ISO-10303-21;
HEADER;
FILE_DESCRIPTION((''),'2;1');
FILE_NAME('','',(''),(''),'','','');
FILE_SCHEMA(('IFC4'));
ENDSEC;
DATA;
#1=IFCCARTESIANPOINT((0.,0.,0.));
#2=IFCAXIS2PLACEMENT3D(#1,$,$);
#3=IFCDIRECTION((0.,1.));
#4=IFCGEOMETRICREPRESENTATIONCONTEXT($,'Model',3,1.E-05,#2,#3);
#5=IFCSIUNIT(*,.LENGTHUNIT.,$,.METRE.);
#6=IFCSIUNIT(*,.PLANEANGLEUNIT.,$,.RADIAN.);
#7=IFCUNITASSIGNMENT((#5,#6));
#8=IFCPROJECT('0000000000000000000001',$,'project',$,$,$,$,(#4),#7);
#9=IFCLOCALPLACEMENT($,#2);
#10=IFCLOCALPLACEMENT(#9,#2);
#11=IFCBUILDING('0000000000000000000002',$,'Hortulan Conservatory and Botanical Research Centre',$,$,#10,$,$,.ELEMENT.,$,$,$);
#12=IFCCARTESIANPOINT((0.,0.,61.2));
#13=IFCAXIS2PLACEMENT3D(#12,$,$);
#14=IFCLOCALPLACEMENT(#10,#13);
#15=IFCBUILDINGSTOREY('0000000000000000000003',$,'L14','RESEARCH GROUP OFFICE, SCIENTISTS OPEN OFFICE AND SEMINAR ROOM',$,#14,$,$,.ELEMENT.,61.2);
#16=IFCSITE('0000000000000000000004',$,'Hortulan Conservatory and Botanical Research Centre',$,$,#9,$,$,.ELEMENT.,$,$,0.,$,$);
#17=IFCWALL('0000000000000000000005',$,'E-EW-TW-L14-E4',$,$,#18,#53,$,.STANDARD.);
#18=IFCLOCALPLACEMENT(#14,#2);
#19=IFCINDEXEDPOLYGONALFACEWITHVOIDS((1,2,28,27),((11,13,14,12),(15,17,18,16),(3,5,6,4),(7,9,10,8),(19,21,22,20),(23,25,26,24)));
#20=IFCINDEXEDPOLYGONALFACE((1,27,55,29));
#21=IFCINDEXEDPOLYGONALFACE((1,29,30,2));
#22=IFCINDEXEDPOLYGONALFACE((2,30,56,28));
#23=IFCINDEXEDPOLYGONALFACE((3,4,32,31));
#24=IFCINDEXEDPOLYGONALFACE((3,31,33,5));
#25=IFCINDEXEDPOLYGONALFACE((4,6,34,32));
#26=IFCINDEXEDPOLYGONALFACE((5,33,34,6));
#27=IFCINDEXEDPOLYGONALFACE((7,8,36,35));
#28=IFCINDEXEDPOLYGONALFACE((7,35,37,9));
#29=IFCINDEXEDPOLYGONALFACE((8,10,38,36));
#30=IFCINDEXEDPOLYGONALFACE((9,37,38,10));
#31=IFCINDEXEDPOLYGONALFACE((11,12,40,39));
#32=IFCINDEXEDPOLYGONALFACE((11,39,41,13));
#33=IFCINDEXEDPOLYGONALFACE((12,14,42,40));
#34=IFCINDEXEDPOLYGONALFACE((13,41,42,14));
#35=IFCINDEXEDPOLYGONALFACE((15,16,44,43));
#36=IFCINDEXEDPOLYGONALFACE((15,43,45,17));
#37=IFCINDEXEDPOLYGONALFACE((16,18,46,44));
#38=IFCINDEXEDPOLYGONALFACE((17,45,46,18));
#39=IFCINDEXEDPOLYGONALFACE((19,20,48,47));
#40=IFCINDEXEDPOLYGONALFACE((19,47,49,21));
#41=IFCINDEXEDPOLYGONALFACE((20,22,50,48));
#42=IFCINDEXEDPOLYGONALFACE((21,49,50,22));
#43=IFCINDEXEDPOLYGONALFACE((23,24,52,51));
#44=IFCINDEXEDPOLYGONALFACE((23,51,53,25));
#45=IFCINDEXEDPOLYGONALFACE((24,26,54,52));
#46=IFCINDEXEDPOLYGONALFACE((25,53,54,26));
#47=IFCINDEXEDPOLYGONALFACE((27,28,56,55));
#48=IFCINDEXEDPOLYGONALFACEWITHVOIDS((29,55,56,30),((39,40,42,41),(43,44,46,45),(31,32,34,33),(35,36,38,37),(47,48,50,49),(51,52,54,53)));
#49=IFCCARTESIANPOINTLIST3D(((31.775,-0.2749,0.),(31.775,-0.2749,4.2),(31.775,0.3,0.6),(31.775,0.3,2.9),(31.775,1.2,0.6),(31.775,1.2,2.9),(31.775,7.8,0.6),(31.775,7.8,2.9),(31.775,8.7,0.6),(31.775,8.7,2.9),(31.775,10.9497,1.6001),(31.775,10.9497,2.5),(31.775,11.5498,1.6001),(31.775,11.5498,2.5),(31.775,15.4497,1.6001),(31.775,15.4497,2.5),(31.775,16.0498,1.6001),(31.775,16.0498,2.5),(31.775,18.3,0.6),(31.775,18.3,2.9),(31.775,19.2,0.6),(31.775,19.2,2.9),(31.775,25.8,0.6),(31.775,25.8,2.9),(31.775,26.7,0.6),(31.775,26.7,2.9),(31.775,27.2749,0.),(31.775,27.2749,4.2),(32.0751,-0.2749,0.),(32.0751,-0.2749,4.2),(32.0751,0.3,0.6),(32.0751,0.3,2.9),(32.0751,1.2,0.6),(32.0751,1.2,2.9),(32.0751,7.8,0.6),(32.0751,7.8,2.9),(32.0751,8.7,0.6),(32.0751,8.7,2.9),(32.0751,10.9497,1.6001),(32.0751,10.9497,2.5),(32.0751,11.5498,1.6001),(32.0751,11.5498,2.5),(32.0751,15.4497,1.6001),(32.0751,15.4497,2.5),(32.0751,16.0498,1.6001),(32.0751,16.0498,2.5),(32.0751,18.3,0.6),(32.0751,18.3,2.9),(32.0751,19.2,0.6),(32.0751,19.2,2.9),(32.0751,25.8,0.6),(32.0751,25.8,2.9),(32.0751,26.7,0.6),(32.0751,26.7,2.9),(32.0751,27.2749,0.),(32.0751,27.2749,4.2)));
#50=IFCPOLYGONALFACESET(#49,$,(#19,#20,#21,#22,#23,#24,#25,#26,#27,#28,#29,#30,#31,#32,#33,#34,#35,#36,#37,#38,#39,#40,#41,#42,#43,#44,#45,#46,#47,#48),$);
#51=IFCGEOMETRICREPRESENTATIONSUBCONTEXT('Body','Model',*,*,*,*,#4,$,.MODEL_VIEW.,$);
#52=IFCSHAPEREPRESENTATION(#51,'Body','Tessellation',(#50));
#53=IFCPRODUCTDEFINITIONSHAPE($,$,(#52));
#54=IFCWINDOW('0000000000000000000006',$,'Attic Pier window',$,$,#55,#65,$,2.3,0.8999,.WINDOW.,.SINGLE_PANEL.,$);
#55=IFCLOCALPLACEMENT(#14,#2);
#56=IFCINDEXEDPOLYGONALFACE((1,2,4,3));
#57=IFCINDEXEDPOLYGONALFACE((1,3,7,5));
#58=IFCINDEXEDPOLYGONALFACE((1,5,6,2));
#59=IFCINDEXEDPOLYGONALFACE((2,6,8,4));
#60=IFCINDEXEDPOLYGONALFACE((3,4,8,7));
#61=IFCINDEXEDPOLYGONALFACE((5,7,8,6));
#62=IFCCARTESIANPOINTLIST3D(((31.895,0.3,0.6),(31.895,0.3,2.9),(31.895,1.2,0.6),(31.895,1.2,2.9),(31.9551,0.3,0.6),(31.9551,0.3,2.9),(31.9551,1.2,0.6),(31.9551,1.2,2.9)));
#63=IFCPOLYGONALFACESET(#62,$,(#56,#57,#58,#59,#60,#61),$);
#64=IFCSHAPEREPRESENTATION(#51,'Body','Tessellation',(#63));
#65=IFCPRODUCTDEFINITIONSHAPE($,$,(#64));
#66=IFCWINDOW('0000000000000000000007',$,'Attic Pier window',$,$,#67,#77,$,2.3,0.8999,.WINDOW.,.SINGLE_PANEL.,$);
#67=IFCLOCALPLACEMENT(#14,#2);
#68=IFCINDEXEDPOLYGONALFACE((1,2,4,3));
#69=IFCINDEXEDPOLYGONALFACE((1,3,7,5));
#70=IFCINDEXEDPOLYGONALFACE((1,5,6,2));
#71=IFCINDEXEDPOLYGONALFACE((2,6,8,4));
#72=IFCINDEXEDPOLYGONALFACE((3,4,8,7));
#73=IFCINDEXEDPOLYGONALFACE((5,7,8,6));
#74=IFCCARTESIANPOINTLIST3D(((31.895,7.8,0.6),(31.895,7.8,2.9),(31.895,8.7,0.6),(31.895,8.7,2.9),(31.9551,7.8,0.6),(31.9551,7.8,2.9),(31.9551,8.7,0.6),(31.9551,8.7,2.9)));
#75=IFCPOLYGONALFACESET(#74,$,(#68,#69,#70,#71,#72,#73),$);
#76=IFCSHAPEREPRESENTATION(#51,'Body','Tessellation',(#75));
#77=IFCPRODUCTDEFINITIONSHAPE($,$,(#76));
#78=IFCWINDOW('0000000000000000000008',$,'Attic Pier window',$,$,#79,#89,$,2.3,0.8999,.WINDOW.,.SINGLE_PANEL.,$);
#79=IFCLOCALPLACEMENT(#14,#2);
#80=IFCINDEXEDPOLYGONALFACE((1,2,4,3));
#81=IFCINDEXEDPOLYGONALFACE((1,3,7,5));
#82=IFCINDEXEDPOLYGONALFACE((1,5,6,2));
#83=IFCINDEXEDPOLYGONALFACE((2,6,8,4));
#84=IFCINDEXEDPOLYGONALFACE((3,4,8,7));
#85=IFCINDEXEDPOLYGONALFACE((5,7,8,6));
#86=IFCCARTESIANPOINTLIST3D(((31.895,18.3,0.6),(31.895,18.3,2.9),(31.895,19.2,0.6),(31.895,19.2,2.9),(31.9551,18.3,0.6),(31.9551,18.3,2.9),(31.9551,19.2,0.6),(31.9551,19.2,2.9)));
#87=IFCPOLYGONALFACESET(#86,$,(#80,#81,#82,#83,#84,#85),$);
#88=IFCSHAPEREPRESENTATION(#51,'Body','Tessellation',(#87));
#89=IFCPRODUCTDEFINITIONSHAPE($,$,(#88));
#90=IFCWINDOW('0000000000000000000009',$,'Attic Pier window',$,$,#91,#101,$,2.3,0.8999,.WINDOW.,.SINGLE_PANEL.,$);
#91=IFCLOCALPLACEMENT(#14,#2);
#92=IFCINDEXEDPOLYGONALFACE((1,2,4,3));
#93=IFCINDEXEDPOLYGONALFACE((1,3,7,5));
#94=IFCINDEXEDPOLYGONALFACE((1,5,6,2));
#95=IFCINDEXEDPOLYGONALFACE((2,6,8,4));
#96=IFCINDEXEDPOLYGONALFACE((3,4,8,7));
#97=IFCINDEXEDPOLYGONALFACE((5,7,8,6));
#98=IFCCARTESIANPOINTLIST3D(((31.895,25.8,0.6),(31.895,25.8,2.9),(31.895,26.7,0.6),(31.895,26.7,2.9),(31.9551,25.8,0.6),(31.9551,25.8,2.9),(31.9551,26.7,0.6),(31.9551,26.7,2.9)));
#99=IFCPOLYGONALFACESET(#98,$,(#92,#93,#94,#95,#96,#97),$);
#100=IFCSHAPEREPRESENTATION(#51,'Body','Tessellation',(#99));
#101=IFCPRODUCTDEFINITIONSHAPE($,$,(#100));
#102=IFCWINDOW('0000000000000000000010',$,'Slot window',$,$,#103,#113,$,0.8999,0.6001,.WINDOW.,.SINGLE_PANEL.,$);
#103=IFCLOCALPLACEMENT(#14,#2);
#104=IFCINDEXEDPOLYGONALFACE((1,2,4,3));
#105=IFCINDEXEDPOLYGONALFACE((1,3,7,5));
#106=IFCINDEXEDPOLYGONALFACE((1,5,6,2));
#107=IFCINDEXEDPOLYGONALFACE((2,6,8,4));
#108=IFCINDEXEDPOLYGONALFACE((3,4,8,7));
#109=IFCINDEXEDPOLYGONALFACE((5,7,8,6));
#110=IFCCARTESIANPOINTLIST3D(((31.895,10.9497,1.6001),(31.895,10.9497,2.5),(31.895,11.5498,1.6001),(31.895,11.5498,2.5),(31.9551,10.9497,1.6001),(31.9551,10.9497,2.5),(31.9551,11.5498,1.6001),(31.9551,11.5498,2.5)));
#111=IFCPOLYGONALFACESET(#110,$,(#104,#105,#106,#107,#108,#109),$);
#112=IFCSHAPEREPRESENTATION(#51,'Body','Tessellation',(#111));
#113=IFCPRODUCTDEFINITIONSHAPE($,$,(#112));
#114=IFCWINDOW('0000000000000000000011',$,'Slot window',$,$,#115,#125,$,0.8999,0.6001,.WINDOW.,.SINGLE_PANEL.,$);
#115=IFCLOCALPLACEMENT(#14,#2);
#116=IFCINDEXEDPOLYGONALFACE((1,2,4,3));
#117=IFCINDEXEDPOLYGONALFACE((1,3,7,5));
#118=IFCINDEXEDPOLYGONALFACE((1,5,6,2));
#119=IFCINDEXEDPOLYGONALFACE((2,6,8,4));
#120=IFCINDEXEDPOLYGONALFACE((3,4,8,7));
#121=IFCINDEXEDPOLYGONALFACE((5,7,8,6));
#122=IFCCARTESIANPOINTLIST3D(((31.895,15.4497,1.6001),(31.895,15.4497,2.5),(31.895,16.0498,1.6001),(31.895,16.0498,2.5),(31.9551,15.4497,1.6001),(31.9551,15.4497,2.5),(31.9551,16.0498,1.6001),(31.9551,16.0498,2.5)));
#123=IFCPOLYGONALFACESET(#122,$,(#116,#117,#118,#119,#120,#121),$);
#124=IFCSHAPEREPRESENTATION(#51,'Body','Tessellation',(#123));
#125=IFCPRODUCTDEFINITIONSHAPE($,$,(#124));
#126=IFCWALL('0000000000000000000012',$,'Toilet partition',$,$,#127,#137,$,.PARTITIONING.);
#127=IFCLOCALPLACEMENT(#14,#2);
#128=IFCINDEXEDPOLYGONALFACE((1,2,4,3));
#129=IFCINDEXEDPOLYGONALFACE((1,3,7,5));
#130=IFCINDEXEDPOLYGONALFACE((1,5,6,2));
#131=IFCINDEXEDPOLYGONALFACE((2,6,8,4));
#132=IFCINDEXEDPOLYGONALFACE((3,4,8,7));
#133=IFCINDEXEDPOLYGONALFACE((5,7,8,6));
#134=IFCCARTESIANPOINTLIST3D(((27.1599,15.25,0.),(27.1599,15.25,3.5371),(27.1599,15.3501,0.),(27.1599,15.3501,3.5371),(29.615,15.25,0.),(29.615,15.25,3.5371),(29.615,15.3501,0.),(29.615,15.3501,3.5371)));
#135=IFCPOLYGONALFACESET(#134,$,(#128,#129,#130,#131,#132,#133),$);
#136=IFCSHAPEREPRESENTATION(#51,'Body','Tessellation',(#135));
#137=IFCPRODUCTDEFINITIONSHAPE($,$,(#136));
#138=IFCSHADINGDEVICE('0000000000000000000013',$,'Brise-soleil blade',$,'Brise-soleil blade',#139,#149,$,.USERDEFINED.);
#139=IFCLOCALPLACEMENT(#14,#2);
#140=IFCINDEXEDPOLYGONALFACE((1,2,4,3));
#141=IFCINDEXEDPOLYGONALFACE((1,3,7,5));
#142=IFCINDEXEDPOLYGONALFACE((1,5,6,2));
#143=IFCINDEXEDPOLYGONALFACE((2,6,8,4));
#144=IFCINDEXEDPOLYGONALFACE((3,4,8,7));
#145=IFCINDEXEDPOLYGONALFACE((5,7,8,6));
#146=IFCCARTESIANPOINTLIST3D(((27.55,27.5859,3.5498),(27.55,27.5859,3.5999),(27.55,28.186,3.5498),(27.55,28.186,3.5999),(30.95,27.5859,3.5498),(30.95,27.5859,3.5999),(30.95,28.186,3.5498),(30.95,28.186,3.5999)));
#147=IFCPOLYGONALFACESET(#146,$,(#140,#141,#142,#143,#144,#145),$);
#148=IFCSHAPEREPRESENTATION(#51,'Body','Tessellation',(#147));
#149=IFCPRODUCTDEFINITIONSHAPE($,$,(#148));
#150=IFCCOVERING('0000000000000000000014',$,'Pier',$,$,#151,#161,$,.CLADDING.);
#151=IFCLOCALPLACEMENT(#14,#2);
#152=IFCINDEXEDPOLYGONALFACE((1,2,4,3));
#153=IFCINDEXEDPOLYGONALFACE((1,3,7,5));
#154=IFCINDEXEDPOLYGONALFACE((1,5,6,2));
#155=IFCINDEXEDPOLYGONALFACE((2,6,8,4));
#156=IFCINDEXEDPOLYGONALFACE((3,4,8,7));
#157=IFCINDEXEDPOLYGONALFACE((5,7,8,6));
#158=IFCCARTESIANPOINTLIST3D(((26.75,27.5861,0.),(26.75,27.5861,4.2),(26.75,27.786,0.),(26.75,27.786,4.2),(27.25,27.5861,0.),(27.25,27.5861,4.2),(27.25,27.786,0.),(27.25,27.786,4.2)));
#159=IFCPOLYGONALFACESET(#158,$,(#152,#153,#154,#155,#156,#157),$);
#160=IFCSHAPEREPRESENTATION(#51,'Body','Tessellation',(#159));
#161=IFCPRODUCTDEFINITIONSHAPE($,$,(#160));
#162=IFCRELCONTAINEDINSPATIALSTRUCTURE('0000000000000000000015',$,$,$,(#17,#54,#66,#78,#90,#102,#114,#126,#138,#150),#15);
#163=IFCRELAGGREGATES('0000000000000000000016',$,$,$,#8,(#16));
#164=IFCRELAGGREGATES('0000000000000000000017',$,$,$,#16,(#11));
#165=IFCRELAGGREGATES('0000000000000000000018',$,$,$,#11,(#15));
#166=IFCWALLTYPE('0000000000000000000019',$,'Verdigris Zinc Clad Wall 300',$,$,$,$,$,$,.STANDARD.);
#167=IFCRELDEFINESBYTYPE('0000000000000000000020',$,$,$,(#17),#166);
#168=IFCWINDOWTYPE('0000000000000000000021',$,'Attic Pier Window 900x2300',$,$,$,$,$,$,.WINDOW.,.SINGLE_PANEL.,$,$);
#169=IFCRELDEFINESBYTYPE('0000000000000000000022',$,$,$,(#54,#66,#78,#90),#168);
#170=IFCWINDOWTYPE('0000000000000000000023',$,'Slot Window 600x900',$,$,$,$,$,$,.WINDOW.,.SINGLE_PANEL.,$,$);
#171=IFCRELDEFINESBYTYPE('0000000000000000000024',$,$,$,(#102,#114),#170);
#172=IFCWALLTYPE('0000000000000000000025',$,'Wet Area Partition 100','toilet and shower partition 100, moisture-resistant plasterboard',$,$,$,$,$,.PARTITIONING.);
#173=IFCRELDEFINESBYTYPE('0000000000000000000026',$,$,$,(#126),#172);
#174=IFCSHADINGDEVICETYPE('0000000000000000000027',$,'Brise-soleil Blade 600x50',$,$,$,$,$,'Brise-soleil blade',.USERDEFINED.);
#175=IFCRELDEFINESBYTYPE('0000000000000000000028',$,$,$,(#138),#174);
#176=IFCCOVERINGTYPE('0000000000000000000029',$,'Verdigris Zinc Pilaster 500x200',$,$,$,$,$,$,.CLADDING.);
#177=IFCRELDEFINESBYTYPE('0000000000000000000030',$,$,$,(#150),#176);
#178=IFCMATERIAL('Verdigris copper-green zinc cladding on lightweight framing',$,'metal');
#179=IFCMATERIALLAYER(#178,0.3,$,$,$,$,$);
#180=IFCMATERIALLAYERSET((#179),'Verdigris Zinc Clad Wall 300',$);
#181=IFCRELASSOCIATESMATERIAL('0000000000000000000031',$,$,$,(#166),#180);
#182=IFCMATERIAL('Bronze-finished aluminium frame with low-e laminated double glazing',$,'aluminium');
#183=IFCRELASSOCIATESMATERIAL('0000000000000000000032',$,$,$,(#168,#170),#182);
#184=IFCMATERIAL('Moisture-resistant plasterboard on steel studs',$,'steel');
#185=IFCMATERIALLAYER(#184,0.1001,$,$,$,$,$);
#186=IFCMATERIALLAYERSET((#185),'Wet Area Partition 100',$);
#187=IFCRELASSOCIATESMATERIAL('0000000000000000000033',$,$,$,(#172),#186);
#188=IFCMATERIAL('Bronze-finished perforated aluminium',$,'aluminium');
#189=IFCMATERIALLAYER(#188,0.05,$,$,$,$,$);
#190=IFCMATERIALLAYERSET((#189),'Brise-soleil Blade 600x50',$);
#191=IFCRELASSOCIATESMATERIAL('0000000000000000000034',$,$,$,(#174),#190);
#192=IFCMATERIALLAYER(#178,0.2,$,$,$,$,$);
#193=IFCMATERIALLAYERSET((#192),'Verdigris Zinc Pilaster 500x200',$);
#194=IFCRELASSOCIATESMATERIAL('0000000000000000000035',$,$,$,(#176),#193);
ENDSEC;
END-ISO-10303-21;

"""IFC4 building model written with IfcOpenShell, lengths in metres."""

from ifc_helpers import new_model, si_unit, direction, frame, frame_2d, origin, origin_2d, place, context, subcontext, project, spatial, rectangle, extrude, material, layer, layer_set, type_object, element, fill, save


model = new_model("IFC4")

# Units and contexts
model_context = context("Model", 3, precision=1e-05, world=origin(), true_north=direction((0.0, 1.0)))
body_context = subcontext(model_context, "Body", "Model", "MODEL_VIEW")
ifc_project = project(units=[si_unit("LENGTHUNIT", "METRE"), si_unit("PLANEANGLEUNIT", "RADIAN")], contexts=[model_context])

# Site, building, storey
site_placement = place(None, origin())
site = spatial("IfcSite", under=ifc_project, at=site_placement, Name="Hortulan Conservatory and Botanical Research Centre", CompositionType="ELEMENT", RefElevation=0.0)
building_placement = place(site_placement, origin())
building = spatial("IfcBuilding", under=site, at=building_placement, Name="Hortulan Conservatory and Botanical Research Centre", CompositionType="ELEMENT")
storey_placement = place(building_placement, frame((0.0, 0.0, 61.2)))
storey = spatial("IfcBuildingStorey", under=building, at=storey_placement, Name="L14", Description="RESEARCH GROUP OFFICE, SCIENTISTS OPEN OFFICE AND SEMINAR ROOM", CompositionType="ELEMENT", Elevation=61.2)

# Wall, openings, windows
ifc_material_1 = material(Name="Verdigris copper-green zinc cladding on lightweight framing", Category="metal")
ifc_layer_1 = layer(ifc_material_1, 0.3)
ifc_layer_set_1 = layer_set([ifc_layer_1], Name="Verdigris Zinc Clad Wall 300")
wall_type_1 = type_object("IfcWallType", Name="Verdigris Zinc Clad Wall 300", PredefinedType="STANDARD", material=ifc_layer_set_1)
wall_1_placement = place(storey_placement, frame((31.925, 27.2749, 0.0), z_axis=(0.0, 0.0, 1.0), x_axis=(0.0, -1.0, 0.0)))
wall_1 = element("IfcWall", 1, at=wall_1_placement, inside=storey, type_object=wall_type_1, Name="E-EW-TW-L14-E4", PredefinedType="STANDARD", context=body_context, shape_type="SweptSolid", body=[
    extrude(rectangle(XDim=27.5498, YDim=0.3, at=frame_2d((13.7749, 0.0))), origin(), (0.0, 0.0, 1.0), 4.2),
])
opening_1_placement = place(wall_1_placement, frame((26.075, 0.0, 0.6001)))
opening_1 = element("IfcOpeningElement", 2, at=opening_1_placement, cuts=wall_1, PredefinedType="OPENING", context=body_context, shape_type="SweptSolid", body=[
    extrude(rectangle(XDim=0.8999, YDim=2.3, at=frame_2d((0.45, 1.1499))), frame((0.0, 0.1599, 0.0), z_axis=(0.0, -1.0, 0.0), x_axis=(1.0, 0.0, 0.0)), (0.0, 0.0, 1.0), 0.3201),
])
opening_2_placement = place(wall_1_placement, frame((18.575, 0.0, 0.6001)))
opening_2 = element("IfcOpeningElement", 3, at=opening_2_placement, cuts=wall_1, PredefinedType="OPENING", context=body_context, shape_type="SweptSolid", body=[
    extrude(rectangle(XDim=0.8999, YDim=2.3, at=frame_2d((0.45, 1.1499))), frame((0.0, 0.1599, 0.0), z_axis=(0.0, -1.0, 0.0), x_axis=(1.0, 0.0, 0.0)), (0.0, 0.0, 1.0), 0.3201),
])
opening_3_placement = place(wall_1_placement, frame((15.7251, 0.0, 1.6001)))
opening_3 = element("IfcOpeningElement", 4, at=opening_3_placement, cuts=wall_1, PredefinedType="OPENING", context=body_context, shape_type="SweptSolid", body=[
    extrude(rectangle(XDim=0.6001, YDim=0.8999, at=frame_2d((0.3, 0.45))), frame((0.0, 0.1599, 0.0), z_axis=(0.0, -1.0, 0.0), x_axis=(1.0, 0.0, 0.0)), (0.0, 0.0, 1.0), 0.3201),
])
opening_4_placement = place(wall_1_placement, frame((11.2251, 0.0, 1.6001)))
opening_4 = element("IfcOpeningElement", 5, at=opening_4_placement, cuts=wall_1, PredefinedType="OPENING", context=body_context, shape_type="SweptSolid", body=[
    extrude(rectangle(XDim=0.6001, YDim=0.8999, at=frame_2d((0.3, 0.45))), frame((0.0, 0.1599, 0.0), z_axis=(0.0, -1.0, 0.0), x_axis=(1.0, 0.0, 0.0)), (0.0, 0.0, 1.0), 0.3201),
])
opening_5_placement = place(wall_1_placement, frame((8.075, 0.0, 0.6001)))
opening_5 = element("IfcOpeningElement", 6, at=opening_5_placement, cuts=wall_1, PredefinedType="OPENING", context=body_context, shape_type="SweptSolid", body=[
    extrude(rectangle(XDim=0.8999, YDim=2.3, at=frame_2d((0.45, 1.1499))), frame((0.0, 0.1599, 0.0), z_axis=(0.0, -1.0, 0.0), x_axis=(1.0, 0.0, 0.0)), (0.0, 0.0, 1.0), 0.3201),
])
opening_6_placement = place(wall_1_placement, frame((0.575, 0.0, 0.6001)))
opening_6 = element("IfcOpeningElement", 7, at=opening_6_placement, cuts=wall_1, PredefinedType="OPENING", context=body_context, shape_type="SweptSolid", body=[
    extrude(rectangle(XDim=0.8999, YDim=2.3, at=frame_2d((0.45, 1.1499))), frame((0.0, 0.1599, 0.0), z_axis=(0.0, -1.0, 0.0), x_axis=(1.0, 0.0, 0.0)), (0.0, 0.0, 1.0), 0.3201),
])
ifc_material_2 = material(Name="Bronze-finished aluminium frame with low-e laminated double glazing", Category="aluminium")
window_type_1 = type_object("IfcWindowType", Name="Attic Pier Window 900x2300", PartitioningType="SINGLE_PANEL", PredefinedType="WINDOW", material=ifc_material_2)
window_1_placement = place(opening_1_placement, origin())
window_1 = element("IfcWindow", 8, at=window_1_placement, inside=storey, type_object=window_type_1, Name="Attic Pier window", OverallHeight=2.3, OverallWidth=0.8999, PartitioningType="SINGLE_PANEL", PredefinedType="WINDOW", context=body_context, shape_type="SweptSolid", body=[
    extrude(rectangle(XDim=0.8999, YDim=2.3, at=frame_2d((0.45, 1.1499))), frame((0.0, 0.03, 0.0), z_axis=(0.0, -1.0, 0.0), x_axis=(1.0, 0.0, 0.0)), (0.0, 0.0, 1.0), 0.0601),
])
fill(opening_1, window_1)
window_2_placement = place(opening_2_placement, origin())
window_2 = element("IfcWindow", 9, at=window_2_placement, inside=storey, type_object=window_type_1, Name="Attic Pier window", OverallHeight=2.3, OverallWidth=0.8999, PartitioningType="SINGLE_PANEL", PredefinedType="WINDOW", context=body_context, shape_type="SweptSolid", body=[
    extrude(rectangle(XDim=0.8999, YDim=2.3, at=frame_2d((0.45, 1.1499))), frame((0.0, 0.03, 0.0), z_axis=(0.0, -1.0, 0.0), x_axis=(1.0, 0.0, 0.0)), (0.0, 0.0, 1.0), 0.0601),
])
fill(opening_2, window_2)
window_3_placement = place(opening_5_placement, origin())
window_3 = element("IfcWindow", 10, at=window_3_placement, inside=storey, type_object=window_type_1, Name="Attic Pier window", OverallHeight=2.3, OverallWidth=0.8999, PartitioningType="SINGLE_PANEL", PredefinedType="WINDOW", context=body_context, shape_type="SweptSolid", body=[
    extrude(rectangle(XDim=0.8999, YDim=2.3, at=frame_2d((0.45, 1.1499))), frame((0.0, 0.03, 0.0), z_axis=(0.0, -1.0, 0.0), x_axis=(1.0, 0.0, 0.0)), (0.0, 0.0, 1.0), 0.0601),
])
fill(opening_5, window_3)
window_4_placement = place(opening_6_placement, origin())
window_4 = element("IfcWindow", 11, at=window_4_placement, inside=storey, type_object=window_type_1, Name="Attic Pier window", OverallHeight=2.3, OverallWidth=0.8999, PartitioningType="SINGLE_PANEL", PredefinedType="WINDOW", context=body_context, shape_type="SweptSolid", body=[
    extrude(rectangle(XDim=0.8999, YDim=2.3, at=frame_2d((0.45, 1.1499))), frame((0.0, 0.03, 0.0), z_axis=(0.0, -1.0, 0.0), x_axis=(1.0, 0.0, 0.0)), (0.0, 0.0, 1.0), 0.0601),
])
fill(opening_6, window_4)
window_type_2 = type_object("IfcWindowType", Name="Slot Window 600x900", PartitioningType="SINGLE_PANEL", PredefinedType="WINDOW", material=ifc_material_2)
window_5_placement = place(opening_3_placement, origin())
window_5 = element("IfcWindow", 12, at=window_5_placement, inside=storey, type_object=window_type_2, Name="Slot window", OverallHeight=0.8999, OverallWidth=0.6001, PartitioningType="SINGLE_PANEL", PredefinedType="WINDOW", context=body_context, shape_type="SweptSolid", body=[
    extrude(rectangle(XDim=0.6001, YDim=0.8999, at=frame_2d((0.3, 0.45))), frame((0.0, 0.03, 0.0), z_axis=(0.0, -1.0, 0.0), x_axis=(1.0, 0.0, 0.0)), (0.0, 0.0, 1.0), 0.0601),
])
fill(opening_3, window_5)
window_6_placement = place(opening_4_placement, origin())
window_6 = element("IfcWindow", 13, at=window_6_placement, inside=storey, type_object=window_type_2, Name="Slot window", OverallHeight=0.8999, OverallWidth=0.6001, PartitioningType="SINGLE_PANEL", PredefinedType="WINDOW", context=body_context, shape_type="SweptSolid", body=[
    extrude(rectangle(XDim=0.6001, YDim=0.8999, at=frame_2d((0.3, 0.45))), frame((0.0, 0.03, 0.0), z_axis=(0.0, -1.0, 0.0), x_axis=(1.0, 0.0, 0.0)), (0.0, 0.0, 1.0), 0.0601),
])
fill(opening_4, window_6)

# Wall
ifc_material_3 = material(Name="Moisture-resistant plasterboard on steel studs", Category="steel")
ifc_layer_2 = layer(ifc_material_3, 0.1001)
ifc_layer_set_2 = layer_set([ifc_layer_2], Name="Wet Area Partition 100")
wall_type_2 = type_object("IfcWallType", Name="Wet Area Partition 100", Description="toilet and shower partition 100, moisture-resistant plasterboard", PredefinedType="PARTITIONING", material=ifc_layer_set_2)
wall_2_placement = place(storey_placement, frame((27.1599, 15.3, 0.0), z_axis=(0.0, 0.0, 1.0), x_axis=(1.0, 0.0, 0.0)))
element("IfcWall", 14, at=wall_2_placement, inside=storey, type_object=wall_type_2, Name="Toilet partition", PredefinedType="PARTITIONING", context=body_context, shape_type="SweptSolid", body=[
    extrude(rectangle(XDim=2.4551, YDim=0.1001, at=frame_2d((1.2275, 0.0))), origin(), (0.0, 0.0, 1.0), 3.5371),
])

# Shading device
ifc_material_4 = material(Name="Bronze-finished perforated aluminium", Category="aluminium")
ifc_layer_3 = layer(ifc_material_4, 0.05)
ifc_layer_set_3 = layer_set([ifc_layer_3], Name="Brise-soleil Blade 600x50")
shading_device_type = type_object("IfcShadingDeviceType", Name="Brise-soleil Blade 600x50", ElementType="Brise-soleil blade", PredefinedType="USERDEFINED", material=ifc_layer_set_3)
shading_device_placement = place(storey_placement, frame((29.25, 27.886, 3.5498), z_axis=(0.0, 0.0, 1.0), x_axis=(1.0, 0.0, 0.0)))
element("IfcShadingDevice", 15, at=shading_device_placement, inside=storey, type_object=shading_device_type, Name="Brise-soleil blade", ObjectType="Brise-soleil blade", PredefinedType="USERDEFINED", context=body_context, shape_type="SweptSolid", body=[
    extrude(rectangle(XDim=3.3999, YDim=0.6001, at=origin_2d()), origin(), (0.0, 0.0, 1.0), 0.05),
])

# Covering
ifc_layer_4 = layer(ifc_material_1, 0.2)
ifc_layer_set_4 = layer_set([ifc_layer_4], Name="Verdigris Zinc Pilaster 500x200")
covering_type = type_object("IfcCoveringType", Name="Verdigris Zinc Pilaster 500x200", PredefinedType="CLADDING", material=ifc_layer_set_4)
covering_placement = place(storey_placement, frame((27.0, 27.686, 0.0), z_axis=(0.0, 0.0, 1.0), x_axis=(1.0, 0.0, 0.0)))
element("IfcCovering", 16, at=covering_placement, inside=storey, type_object=covering_type, Name="Pier", PredefinedType="CLADDING", context=body_context, shape_type="SweptSolid", body=[
    extrude(rectangle(XDim=0.5, YDim=0.2, at=origin_2d()), origin(), (0.0, 0.0, 1.0), 4.2),
])

save(model, "model.ifc")
